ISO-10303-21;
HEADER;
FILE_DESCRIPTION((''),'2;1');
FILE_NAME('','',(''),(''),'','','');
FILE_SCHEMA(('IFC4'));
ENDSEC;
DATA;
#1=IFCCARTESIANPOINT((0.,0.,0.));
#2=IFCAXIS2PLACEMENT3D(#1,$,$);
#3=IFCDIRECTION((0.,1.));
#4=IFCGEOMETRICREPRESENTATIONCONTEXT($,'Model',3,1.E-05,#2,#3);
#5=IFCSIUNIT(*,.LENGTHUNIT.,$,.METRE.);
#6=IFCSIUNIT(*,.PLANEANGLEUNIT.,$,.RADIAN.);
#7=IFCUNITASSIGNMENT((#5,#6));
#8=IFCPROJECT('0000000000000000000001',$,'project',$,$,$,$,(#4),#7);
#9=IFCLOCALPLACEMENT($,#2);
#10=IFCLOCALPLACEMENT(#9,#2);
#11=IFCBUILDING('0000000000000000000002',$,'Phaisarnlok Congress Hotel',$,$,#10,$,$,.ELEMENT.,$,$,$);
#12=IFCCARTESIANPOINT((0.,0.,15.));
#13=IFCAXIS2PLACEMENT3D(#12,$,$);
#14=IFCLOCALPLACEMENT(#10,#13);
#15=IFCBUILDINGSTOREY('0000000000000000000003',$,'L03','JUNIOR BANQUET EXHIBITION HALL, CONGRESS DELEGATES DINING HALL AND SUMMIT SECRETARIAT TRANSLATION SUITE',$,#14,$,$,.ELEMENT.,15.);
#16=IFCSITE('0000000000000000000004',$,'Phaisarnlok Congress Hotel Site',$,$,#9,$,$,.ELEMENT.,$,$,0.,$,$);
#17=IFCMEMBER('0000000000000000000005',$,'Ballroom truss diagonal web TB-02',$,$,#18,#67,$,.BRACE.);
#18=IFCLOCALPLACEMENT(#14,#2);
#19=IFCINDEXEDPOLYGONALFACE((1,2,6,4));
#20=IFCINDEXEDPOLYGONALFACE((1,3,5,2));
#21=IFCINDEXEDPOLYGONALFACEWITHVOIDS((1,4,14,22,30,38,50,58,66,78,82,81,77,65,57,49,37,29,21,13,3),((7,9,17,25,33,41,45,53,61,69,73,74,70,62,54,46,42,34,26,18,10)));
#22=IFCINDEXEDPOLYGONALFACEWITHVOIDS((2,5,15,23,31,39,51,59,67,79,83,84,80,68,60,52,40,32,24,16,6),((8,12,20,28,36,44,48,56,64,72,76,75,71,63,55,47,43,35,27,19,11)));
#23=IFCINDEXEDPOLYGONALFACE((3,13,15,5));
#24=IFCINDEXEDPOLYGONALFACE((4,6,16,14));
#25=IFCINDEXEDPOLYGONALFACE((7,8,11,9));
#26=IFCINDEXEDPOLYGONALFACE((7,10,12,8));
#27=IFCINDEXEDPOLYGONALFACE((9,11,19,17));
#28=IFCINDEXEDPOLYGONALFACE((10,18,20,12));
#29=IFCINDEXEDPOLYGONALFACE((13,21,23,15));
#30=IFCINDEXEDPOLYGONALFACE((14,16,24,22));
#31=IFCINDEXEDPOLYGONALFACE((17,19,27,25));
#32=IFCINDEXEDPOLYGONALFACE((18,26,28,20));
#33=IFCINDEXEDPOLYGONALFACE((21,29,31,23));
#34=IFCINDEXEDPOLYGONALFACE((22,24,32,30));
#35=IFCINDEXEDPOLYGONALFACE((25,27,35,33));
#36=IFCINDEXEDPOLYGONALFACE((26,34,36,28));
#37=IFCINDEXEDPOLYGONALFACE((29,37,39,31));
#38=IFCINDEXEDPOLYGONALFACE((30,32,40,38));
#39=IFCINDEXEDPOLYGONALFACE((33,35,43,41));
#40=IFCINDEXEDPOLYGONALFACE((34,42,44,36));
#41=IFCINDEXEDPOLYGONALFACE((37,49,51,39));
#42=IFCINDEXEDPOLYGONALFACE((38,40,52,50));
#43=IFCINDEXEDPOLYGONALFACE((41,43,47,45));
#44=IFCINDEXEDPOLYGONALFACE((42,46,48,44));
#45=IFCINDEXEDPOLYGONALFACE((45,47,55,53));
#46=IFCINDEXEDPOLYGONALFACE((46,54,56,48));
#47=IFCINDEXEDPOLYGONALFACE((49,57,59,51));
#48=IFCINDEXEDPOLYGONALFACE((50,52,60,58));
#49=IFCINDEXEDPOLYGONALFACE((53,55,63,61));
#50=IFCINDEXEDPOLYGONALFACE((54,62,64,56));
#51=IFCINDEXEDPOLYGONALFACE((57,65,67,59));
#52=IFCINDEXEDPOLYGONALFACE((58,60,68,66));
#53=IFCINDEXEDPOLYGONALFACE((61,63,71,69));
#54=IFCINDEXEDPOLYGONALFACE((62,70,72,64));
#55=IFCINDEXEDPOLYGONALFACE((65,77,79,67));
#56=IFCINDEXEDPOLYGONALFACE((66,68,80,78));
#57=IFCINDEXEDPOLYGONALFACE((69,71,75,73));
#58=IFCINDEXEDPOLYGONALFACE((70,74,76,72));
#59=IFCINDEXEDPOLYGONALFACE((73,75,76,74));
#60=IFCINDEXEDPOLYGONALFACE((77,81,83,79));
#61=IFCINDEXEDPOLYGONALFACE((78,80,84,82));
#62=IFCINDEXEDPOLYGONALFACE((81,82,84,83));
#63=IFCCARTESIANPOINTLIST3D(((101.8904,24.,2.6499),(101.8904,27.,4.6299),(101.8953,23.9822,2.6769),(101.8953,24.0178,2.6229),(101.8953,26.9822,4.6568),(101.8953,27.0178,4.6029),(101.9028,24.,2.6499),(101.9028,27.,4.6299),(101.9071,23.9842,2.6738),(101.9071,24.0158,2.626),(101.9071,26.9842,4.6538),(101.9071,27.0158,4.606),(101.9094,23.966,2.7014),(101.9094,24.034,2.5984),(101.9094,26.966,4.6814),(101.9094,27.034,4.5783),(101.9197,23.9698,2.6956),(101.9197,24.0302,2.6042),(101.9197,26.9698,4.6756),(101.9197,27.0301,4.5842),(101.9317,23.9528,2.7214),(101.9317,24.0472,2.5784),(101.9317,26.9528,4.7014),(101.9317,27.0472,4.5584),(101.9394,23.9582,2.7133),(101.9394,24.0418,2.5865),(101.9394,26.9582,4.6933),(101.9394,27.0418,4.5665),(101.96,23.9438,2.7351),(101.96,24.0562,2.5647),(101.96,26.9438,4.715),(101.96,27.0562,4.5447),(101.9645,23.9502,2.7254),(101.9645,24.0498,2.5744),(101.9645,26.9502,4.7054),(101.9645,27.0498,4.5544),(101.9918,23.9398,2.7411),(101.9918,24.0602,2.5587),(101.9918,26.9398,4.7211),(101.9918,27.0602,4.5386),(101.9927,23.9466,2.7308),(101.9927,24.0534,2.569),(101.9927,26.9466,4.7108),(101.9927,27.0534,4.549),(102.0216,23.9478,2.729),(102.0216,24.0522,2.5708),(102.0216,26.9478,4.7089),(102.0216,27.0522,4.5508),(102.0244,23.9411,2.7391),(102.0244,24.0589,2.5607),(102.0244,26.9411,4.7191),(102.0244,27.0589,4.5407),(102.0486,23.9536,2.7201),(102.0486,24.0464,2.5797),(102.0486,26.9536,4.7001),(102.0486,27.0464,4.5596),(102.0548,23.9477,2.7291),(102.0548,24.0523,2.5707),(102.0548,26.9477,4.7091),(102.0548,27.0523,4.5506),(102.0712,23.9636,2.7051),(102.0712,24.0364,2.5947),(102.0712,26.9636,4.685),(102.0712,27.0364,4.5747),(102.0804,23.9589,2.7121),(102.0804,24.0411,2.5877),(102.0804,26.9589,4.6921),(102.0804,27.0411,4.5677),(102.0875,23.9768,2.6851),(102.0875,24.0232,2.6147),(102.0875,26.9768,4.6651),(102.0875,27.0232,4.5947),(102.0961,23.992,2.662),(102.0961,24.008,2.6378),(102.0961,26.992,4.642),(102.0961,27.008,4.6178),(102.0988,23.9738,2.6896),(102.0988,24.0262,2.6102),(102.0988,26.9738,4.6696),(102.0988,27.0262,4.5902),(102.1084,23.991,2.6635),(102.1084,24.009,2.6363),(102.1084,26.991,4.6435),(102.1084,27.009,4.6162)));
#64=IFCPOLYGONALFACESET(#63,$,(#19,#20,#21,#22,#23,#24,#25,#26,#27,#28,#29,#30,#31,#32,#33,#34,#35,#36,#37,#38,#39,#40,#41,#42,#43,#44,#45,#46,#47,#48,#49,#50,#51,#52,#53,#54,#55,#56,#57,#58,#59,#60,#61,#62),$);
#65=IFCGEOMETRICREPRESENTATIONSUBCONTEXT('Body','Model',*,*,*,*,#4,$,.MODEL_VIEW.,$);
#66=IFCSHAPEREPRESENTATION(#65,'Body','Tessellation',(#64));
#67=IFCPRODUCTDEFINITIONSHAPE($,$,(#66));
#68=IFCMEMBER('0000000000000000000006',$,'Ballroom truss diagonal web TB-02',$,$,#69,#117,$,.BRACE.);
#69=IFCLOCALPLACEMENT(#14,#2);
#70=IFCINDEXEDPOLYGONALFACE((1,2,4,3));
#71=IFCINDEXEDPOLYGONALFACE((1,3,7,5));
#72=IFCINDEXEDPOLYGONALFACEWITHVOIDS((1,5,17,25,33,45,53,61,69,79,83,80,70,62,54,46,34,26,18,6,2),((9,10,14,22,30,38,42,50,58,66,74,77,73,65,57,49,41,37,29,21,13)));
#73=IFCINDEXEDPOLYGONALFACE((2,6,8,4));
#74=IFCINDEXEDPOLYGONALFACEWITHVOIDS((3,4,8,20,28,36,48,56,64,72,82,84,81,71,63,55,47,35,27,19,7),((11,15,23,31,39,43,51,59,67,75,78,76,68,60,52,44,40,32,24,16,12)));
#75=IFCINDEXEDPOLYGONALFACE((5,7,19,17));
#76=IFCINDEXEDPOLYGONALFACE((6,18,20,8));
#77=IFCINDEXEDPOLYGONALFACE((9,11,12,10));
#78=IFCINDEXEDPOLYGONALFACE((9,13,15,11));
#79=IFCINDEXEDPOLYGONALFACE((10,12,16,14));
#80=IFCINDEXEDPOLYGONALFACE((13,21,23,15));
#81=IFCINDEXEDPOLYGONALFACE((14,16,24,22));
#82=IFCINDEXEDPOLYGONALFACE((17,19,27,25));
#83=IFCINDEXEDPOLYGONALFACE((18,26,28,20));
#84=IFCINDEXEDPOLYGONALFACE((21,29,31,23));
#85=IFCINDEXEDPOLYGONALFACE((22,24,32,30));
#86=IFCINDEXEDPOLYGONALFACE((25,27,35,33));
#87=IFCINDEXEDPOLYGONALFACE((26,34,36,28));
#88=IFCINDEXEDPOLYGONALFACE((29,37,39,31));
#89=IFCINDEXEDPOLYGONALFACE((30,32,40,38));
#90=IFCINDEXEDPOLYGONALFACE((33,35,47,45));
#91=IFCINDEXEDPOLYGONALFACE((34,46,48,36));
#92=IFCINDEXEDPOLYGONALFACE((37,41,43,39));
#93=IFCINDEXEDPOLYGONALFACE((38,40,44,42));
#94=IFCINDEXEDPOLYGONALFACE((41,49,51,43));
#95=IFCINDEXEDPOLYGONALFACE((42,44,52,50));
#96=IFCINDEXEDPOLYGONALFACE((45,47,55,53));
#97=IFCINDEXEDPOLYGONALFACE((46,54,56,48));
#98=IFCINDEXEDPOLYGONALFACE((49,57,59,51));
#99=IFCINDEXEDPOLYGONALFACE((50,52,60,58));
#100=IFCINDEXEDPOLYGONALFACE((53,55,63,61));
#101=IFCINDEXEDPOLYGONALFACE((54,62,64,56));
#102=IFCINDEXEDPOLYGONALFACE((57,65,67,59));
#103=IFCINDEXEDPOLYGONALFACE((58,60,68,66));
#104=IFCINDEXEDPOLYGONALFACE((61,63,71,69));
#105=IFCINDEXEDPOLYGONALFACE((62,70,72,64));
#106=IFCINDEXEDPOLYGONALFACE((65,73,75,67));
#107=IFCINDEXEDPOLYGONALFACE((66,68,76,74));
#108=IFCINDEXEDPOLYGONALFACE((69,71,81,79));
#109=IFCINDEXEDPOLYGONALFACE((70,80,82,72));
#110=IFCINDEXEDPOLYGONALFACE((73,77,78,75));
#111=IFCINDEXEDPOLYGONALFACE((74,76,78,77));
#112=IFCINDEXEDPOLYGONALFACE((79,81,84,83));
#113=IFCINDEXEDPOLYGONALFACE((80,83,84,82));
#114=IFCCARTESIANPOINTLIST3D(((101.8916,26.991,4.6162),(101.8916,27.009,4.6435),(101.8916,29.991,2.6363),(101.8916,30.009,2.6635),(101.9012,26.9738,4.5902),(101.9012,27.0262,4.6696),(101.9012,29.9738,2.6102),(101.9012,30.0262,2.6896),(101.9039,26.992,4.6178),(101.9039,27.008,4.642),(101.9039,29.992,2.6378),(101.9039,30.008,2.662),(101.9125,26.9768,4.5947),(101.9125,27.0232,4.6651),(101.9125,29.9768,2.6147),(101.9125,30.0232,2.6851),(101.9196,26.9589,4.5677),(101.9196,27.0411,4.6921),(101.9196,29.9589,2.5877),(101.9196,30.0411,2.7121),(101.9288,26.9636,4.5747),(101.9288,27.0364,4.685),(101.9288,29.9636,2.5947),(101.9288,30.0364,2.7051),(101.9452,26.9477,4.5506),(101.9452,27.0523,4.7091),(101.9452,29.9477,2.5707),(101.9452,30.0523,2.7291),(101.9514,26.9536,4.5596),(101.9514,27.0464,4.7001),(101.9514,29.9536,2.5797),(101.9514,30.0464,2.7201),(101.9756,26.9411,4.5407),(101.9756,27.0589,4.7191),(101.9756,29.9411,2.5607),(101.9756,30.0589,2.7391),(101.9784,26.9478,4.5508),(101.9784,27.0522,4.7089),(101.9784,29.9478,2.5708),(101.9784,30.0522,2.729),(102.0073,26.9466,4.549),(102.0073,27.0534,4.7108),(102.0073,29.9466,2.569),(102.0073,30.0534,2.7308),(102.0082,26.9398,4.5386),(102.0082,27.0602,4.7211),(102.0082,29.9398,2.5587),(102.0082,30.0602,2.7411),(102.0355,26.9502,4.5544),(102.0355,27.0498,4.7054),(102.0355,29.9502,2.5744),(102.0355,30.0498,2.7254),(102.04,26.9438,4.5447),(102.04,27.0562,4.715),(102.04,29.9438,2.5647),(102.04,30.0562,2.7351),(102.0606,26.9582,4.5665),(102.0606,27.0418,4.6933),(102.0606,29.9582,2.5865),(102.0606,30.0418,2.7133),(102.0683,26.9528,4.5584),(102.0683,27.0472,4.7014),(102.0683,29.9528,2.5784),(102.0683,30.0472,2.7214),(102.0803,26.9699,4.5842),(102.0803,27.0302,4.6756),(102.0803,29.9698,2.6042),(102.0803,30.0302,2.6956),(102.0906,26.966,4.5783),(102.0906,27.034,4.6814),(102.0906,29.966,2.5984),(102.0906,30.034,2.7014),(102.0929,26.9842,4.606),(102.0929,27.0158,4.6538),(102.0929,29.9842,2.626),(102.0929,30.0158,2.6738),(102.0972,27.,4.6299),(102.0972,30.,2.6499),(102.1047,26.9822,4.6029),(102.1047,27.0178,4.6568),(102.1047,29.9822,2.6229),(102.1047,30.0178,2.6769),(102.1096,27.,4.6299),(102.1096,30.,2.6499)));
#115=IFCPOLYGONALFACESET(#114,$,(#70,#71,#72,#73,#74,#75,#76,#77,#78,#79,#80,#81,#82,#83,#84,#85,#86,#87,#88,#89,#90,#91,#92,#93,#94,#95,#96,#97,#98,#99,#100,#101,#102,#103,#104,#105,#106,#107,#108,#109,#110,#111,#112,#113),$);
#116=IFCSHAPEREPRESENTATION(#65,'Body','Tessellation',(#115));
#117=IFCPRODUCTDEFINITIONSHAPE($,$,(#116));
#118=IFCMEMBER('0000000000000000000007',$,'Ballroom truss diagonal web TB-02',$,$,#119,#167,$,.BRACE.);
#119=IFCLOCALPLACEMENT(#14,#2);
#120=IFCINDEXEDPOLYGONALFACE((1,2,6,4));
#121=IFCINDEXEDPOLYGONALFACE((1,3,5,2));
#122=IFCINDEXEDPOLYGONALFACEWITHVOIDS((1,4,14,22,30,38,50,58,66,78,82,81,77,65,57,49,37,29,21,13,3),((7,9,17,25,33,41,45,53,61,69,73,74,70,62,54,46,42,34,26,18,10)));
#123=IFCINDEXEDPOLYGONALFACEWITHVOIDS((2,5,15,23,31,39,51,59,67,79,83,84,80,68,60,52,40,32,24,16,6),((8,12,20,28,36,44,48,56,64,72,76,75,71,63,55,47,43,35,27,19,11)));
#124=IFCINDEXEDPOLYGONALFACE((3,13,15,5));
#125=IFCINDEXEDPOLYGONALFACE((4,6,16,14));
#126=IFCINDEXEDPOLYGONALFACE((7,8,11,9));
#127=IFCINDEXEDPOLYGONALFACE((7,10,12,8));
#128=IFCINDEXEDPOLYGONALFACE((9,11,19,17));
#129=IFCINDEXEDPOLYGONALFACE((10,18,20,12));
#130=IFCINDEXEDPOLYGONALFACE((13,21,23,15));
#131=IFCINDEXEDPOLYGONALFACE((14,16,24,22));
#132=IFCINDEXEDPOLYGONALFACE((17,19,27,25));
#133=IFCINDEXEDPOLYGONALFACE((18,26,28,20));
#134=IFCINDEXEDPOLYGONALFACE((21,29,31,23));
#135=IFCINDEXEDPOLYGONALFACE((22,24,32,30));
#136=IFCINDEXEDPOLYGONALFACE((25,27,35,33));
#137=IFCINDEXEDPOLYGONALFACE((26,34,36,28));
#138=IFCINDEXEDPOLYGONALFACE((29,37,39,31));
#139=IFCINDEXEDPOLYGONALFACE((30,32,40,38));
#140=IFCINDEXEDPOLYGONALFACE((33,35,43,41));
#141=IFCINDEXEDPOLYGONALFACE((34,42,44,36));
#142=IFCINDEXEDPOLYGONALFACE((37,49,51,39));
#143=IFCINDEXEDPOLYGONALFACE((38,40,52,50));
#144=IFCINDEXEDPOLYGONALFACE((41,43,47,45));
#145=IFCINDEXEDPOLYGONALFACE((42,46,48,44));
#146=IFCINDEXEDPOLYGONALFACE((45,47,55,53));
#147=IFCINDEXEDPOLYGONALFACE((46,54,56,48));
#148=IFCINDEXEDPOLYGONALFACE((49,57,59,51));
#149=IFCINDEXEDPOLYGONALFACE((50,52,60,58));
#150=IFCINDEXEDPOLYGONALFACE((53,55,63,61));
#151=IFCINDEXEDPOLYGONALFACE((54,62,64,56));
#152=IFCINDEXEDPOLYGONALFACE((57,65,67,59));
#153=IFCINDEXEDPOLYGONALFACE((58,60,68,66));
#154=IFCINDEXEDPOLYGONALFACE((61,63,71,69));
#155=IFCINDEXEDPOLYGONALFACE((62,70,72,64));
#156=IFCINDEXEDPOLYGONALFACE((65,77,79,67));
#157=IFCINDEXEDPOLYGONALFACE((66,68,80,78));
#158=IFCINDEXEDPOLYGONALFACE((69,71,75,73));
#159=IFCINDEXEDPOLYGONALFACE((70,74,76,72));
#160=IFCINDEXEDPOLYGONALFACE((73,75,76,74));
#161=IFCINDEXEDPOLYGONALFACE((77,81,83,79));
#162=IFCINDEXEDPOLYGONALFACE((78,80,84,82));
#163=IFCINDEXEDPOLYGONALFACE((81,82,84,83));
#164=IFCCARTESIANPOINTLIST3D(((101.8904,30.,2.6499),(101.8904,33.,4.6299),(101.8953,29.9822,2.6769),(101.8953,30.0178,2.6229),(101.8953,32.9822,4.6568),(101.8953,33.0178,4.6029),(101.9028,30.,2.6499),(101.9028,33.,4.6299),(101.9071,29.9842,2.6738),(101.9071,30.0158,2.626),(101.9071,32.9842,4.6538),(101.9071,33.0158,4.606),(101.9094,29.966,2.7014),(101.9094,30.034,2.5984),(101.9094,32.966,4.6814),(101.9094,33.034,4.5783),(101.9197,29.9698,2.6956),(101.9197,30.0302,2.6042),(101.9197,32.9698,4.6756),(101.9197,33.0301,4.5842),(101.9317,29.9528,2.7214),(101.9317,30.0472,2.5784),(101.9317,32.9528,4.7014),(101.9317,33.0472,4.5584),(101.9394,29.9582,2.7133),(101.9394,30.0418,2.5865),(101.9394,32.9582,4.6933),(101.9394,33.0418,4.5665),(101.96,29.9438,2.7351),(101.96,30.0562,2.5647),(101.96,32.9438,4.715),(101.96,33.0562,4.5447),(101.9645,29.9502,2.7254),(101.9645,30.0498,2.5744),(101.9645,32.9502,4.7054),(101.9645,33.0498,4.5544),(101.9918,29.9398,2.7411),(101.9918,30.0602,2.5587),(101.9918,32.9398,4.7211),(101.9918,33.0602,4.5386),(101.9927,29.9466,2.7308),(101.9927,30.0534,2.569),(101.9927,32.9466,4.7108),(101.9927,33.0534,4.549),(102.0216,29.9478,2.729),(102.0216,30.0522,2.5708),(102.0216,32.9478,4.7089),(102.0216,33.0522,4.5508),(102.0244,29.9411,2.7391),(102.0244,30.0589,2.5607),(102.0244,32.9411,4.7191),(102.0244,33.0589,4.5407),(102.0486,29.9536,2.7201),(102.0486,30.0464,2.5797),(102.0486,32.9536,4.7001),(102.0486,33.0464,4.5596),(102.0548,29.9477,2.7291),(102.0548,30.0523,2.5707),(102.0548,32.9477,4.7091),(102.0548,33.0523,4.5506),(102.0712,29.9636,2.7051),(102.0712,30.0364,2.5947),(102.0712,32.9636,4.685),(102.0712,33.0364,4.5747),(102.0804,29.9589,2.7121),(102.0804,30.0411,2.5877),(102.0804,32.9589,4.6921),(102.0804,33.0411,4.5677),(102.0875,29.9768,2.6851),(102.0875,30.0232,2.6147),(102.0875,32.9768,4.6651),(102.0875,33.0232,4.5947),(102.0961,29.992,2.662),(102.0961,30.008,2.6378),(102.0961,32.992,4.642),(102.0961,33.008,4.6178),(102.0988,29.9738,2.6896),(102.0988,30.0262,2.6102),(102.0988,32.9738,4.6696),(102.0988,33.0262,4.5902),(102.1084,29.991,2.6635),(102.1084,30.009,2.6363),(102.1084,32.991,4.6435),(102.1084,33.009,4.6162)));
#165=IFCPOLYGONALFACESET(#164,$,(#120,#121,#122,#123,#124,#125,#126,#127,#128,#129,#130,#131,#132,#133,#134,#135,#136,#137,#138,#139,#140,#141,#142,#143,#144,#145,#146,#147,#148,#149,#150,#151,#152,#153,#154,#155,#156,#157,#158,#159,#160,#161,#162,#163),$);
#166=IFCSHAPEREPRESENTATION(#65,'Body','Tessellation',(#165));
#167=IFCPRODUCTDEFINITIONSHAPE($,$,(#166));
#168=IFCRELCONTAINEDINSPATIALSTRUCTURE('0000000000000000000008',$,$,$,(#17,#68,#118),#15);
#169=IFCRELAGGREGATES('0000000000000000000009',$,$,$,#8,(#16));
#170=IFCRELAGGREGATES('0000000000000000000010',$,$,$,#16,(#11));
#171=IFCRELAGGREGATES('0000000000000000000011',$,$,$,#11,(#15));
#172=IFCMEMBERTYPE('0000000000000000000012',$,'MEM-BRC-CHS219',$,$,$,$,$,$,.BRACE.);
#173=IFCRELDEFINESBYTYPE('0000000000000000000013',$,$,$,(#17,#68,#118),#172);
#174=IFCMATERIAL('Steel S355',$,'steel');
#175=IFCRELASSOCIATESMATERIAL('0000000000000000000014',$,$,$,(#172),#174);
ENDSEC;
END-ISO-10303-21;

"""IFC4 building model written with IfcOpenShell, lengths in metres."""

from ifc_helpers import new_model, si_unit, direction, frame, origin, origin_2d, place, context, subcontext, project, spatial, hollow_circle, extrude, material, material_profile, profile_set, type_object, element, save


model = new_model("IFC4")

# Units and contexts
model_context = context("Model", 3, precision=1e-05, world=origin(), true_north=direction((0.0, 1.0)))
body_context = subcontext(model_context, "Body", "Model", "MODEL_VIEW")
ifc_project = project(units=[si_unit("LENGTHUNIT", "METRE"), si_unit("PLANEANGLEUNIT", "RADIAN")], contexts=[model_context])

# Site, building, storey
site_placement = place(None, origin())
site = spatial("IfcSite", under=ifc_project, at=site_placement, Name="Phaisarnlok Congress Hotel Site", CompositionType="ELEMENT", RefElevation=0.0)
building_placement = place(site_placement, origin())
building = spatial("IfcBuilding", under=site, at=building_placement, Name="Phaisarnlok Congress Hotel", CompositionType="ELEMENT")
storey_placement = place(building_placement, frame((0.0, 0.0, 15.0)))
storey = spatial("IfcBuildingStorey", under=building, at=storey_placement, Name="L03", Description="JUNIOR BANQUET EXHIBITION HALL, CONGRESS DELEGATES DINING HALL AND SUMMIT SECRETARIAT TRANSLATION SUITE", CompositionType="ELEMENT", Elevation=15.0)

# Members
ifc_material_1 = material(Name="Steel S355", Category="steel")
ifc_material_profile_1 = material_profile(ifc_material_1, hollow_circle(Radius=0.1096, WallThickness=0.0125, at=origin_2d()), Name="CHS 219.1x12.5")
ifc_profile_set_1 = profile_set([ifc_material_profile_1], Name="Steel S355")
member_type_1 = type_object("IfcMemberType", Name="MEM-BRC-CHS219", PredefinedType="BRACE", material=ifc_profile_set_1)
for number, where, z_axis, x_axis, name in (
    (1, (102.0, 24.0, 2.6499), (0.0, 0.834612, 0.550838), (-1.0, 0.0, 0.0), "Ballroom truss diagonal web TB-02"),
    (2, (102.0, 30.0, 2.6499), (0.0, -0.834612, 0.550838), (1.0, 0.0, 0.0), "Ballroom truss diagonal web TB-02"),
    (3, (102.0, 30.0, 2.6499), (0.0, 0.834612, 0.550838), (-1.0, 0.0, 0.0), "Ballroom truss diagonal web TB-02"),
):
    element("IfcMember", number, at=place(storey_placement, frame(where, z_axis=z_axis, x_axis=x_axis)), inside=storey, type_object=member_type_1, Name=name, PredefinedType="BRACE", context=body_context, shape_type="SweptSolid", body=[
        extrude(hollow_circle(Radius=0.1096, WallThickness=0.0125, at=origin_2d()), origin(), (0.0, 0.0, 1.0), 3.5945),
    ])

save(model, "model.ifc")
